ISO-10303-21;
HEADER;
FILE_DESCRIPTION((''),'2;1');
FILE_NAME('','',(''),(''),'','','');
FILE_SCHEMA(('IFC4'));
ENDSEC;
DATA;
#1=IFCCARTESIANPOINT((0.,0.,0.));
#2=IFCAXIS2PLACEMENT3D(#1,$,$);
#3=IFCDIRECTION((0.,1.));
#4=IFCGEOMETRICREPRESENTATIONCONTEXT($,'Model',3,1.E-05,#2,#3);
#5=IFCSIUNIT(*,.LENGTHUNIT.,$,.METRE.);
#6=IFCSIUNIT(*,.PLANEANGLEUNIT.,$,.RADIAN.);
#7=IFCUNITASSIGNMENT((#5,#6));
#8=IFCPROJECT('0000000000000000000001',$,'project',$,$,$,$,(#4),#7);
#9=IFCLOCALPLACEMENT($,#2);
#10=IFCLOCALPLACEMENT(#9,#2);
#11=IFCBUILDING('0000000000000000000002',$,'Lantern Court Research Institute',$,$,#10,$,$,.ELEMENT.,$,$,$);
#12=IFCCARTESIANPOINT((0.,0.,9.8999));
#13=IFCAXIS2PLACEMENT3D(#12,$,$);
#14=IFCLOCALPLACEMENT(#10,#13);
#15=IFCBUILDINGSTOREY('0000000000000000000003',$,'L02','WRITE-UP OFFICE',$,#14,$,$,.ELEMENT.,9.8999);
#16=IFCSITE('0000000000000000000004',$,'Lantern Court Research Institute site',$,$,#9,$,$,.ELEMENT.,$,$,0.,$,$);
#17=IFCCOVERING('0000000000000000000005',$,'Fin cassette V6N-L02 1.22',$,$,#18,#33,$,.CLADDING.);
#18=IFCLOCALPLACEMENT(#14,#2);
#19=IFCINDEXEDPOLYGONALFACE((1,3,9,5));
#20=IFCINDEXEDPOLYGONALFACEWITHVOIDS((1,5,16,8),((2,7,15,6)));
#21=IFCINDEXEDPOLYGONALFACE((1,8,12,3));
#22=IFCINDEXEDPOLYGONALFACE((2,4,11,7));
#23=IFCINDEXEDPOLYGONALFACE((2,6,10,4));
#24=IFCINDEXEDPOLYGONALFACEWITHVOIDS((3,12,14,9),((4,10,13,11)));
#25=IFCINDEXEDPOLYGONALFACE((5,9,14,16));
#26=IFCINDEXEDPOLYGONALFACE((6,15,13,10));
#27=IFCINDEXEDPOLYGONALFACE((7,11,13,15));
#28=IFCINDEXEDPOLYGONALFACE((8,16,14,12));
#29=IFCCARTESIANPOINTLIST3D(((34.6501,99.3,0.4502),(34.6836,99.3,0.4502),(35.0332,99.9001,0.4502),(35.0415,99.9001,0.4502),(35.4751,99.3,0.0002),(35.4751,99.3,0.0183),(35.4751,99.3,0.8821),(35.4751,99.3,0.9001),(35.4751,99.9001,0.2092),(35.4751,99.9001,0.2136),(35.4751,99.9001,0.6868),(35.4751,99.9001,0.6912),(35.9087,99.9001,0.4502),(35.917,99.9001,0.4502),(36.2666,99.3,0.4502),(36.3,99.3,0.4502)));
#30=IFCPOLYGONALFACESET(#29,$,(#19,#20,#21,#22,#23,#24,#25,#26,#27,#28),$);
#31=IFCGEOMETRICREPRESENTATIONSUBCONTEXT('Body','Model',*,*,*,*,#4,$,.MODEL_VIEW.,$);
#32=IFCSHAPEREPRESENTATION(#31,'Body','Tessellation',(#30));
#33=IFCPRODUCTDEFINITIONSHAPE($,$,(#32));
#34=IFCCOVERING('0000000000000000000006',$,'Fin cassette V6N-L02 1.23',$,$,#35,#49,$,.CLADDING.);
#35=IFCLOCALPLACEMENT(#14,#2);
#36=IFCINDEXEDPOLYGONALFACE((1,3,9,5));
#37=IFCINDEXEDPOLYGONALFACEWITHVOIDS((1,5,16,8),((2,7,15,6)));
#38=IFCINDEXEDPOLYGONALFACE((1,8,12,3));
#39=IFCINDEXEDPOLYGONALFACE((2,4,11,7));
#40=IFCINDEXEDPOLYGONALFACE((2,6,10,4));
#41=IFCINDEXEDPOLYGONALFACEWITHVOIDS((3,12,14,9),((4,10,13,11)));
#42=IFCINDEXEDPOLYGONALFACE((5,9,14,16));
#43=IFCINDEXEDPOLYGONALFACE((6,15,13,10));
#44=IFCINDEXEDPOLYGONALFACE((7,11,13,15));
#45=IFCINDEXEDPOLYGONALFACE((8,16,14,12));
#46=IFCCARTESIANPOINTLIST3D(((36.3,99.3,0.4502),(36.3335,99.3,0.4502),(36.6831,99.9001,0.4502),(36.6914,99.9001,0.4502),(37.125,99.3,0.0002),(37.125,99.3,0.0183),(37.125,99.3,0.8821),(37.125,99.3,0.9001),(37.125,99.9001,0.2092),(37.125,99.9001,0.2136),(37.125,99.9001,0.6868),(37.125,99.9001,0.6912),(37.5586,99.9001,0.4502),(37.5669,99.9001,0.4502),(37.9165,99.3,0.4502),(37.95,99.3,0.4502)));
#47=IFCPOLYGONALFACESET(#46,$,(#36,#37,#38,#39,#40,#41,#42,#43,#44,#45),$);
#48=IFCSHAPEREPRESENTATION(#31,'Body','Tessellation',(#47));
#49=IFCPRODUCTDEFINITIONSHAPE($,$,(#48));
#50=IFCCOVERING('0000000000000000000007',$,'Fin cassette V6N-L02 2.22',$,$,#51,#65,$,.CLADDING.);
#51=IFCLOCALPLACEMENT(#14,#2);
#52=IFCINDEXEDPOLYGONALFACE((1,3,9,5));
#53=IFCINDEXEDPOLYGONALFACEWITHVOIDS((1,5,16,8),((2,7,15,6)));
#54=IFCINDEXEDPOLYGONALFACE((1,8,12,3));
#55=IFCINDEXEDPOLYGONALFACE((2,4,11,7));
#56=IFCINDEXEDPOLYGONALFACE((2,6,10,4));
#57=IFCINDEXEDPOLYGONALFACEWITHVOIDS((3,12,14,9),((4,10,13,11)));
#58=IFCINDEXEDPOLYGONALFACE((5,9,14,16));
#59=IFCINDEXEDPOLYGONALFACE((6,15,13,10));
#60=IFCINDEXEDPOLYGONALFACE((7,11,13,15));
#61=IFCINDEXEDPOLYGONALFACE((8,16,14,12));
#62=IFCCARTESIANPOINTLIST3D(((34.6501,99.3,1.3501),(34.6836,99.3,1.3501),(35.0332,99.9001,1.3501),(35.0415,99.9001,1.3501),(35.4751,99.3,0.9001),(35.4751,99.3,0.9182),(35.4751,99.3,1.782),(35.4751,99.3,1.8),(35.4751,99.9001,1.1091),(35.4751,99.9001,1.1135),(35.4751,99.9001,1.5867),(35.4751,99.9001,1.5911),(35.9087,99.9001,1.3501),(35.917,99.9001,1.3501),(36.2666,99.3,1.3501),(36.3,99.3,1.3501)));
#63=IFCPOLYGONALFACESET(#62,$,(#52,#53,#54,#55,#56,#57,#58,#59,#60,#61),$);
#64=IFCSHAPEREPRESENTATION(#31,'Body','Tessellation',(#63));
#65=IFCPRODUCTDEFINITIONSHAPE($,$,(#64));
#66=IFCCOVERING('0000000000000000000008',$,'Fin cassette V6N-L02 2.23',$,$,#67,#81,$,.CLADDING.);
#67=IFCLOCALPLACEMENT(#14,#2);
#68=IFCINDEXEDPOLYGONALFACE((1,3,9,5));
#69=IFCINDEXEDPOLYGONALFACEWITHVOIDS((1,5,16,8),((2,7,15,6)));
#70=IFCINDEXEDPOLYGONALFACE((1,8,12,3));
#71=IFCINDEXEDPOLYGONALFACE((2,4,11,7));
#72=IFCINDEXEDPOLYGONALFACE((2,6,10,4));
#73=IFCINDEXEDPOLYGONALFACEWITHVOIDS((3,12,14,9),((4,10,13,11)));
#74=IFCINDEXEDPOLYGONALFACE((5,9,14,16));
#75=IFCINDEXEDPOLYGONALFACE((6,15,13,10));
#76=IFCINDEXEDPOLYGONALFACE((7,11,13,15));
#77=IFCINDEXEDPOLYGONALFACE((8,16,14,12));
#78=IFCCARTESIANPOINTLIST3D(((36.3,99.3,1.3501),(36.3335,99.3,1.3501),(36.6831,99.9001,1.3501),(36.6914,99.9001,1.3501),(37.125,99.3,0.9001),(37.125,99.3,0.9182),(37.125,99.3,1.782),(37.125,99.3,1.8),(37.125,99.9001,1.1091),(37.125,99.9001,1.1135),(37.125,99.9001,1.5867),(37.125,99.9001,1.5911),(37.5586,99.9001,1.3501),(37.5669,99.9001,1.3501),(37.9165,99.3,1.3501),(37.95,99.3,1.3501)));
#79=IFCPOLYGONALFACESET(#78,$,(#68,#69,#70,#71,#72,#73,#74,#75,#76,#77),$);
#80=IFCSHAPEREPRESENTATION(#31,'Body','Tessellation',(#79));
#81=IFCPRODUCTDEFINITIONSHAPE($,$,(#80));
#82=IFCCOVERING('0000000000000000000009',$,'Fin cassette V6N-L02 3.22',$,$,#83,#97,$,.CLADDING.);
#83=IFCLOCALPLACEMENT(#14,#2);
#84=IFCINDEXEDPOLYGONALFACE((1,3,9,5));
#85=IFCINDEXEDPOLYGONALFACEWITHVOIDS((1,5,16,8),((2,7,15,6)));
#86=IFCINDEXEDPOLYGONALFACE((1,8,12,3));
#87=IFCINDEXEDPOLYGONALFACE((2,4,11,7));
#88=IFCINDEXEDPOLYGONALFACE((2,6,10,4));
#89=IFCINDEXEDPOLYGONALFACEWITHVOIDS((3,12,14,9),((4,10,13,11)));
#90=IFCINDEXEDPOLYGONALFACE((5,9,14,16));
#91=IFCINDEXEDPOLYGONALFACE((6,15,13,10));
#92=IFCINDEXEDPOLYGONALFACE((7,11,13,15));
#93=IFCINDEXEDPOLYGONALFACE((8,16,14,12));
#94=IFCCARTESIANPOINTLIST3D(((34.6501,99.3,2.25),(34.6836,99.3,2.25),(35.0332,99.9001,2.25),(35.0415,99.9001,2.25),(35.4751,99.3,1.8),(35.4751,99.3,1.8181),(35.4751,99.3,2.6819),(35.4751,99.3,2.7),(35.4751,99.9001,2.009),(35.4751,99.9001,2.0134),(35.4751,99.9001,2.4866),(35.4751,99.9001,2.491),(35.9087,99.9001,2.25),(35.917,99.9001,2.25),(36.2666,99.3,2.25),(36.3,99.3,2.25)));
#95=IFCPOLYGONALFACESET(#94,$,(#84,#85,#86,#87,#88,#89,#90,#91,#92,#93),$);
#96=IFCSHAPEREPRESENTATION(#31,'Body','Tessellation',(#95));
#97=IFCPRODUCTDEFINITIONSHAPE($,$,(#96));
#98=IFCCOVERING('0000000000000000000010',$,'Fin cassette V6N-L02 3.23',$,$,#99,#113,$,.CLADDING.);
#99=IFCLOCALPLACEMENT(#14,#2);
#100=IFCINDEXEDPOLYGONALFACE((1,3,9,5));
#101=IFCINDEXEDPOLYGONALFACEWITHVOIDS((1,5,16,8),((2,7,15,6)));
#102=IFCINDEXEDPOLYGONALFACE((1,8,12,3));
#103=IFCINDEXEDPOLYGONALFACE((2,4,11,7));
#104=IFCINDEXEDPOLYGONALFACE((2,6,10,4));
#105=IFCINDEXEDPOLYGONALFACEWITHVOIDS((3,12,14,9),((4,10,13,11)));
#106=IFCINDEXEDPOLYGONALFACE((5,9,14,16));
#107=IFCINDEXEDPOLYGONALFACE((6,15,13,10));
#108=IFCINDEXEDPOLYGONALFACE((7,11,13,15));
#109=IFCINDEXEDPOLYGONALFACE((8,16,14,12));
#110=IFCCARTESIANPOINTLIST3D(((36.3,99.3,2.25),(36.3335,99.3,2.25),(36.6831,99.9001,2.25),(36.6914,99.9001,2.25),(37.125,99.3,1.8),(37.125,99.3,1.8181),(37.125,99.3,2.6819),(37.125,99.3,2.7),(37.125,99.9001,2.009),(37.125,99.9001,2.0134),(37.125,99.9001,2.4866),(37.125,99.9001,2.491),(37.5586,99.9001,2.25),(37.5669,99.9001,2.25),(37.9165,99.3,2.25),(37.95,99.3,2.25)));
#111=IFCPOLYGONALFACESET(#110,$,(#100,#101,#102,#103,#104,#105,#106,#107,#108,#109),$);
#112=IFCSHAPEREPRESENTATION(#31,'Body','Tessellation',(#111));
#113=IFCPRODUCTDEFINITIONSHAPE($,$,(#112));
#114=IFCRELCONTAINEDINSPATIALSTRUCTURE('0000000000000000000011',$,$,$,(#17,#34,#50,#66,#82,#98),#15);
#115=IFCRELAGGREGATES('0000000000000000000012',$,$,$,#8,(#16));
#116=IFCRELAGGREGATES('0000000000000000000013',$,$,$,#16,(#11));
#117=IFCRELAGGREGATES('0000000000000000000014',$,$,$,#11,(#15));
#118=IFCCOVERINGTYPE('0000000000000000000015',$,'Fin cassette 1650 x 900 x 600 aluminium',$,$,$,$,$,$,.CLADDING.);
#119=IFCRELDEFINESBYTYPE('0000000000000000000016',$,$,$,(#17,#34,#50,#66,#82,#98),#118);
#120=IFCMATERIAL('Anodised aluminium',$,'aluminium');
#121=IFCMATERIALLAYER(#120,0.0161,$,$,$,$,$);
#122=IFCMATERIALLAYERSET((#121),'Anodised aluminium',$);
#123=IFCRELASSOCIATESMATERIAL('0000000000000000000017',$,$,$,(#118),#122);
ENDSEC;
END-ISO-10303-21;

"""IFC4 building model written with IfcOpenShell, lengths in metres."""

from ifc_helpers import new_model, entity, si_unit, direction, frame, origin, place, context, subcontext, project, spatial, material, layer, layer_set, type_object, element, save


model = new_model("IFC4")

# Units and contexts
model_context = context("Model", 3, precision=1e-05, world=origin(), true_north=direction((0.0, 1.0)))
body_context = subcontext(model_context, "Body", "Model", "MODEL_VIEW")
ifc_project = project(units=[si_unit("LENGTHUNIT", "METRE"), si_unit("PLANEANGLEUNIT", "RADIAN")], contexts=[model_context])

# Site, building, storey
site_placement = place(None, origin())
site = spatial("IfcSite", under=ifc_project, at=site_placement, Name="Lantern Court Research Institute site", CompositionType="ELEMENT", RefElevation=0.0)
building_placement = place(site_placement, origin())
building = spatial("IfcBuilding", under=site, at=building_placement, Name="Lantern Court Research Institute", CompositionType="ELEMENT")
storey_placement = place(building_placement, frame((0.0, 0.0, 9.8999)))
storey = spatial("IfcBuildingStorey", under=building, at=storey_placement, Name="L02", Description="WRITE-UP OFFICE", CompositionType="ELEMENT", Elevation=9.8999)

# Coverings
ifc_material_1 = material(Name="Anodised aluminium", Category="aluminium")
ifc_layer_1 = layer(ifc_material_1, 0.0161)
ifc_layer_set_1 = layer_set([ifc_layer_1], Name="Anodised aluminium")
covering_type_1 = type_object("IfcCoveringType", Name="Fin cassette 1650 x 900 x 600 aluminium", PredefinedType="CLADDING", material=ifc_layer_set_1)
covering_1_placement = place(storey_placement, frame((35.4751, 99.3, 0.4502), z_axis=(0.0, 1.0, 0.0), x_axis=(-1.0, 0.0, 0.0)))
cartesian_point_1 = entity("IfcCartesianPoint", [0.825, 0.0])
cartesian_point_2 = entity("IfcCartesianPoint", [0.7915, 0.0])
cartesian_point_3 = entity("IfcCartesianPoint", [0.4419, 0.0])
cartesian_point_4 = entity("IfcCartesianPoint", [0.4336, 0.0])
element("IfcCovering", 1, at=covering_1_placement, inside=storey, type_object=covering_type_1, Name="Fin cassette V6N-L02 1.22", PredefinedType="CLADDING", context=body_context, shape_type="SweptSolid", body=[
    entity("IfcExtrudedAreaSolidTapered", entity("IfcArbitraryProfileDefWithVoids", "AREA", None, entity("IfcPolyline", [cartesian_point_1, entity("IfcCartesianPoint", [0.0, 0.45]), entity("IfcCartesianPoint", [-0.825, 0.0]), entity("IfcCartesianPoint", [0.0, -0.45]), cartesian_point_1]), [entity("IfcPolyline", [cartesian_point_2, entity("IfcCartesianPoint", [0.0, 0.4319]), entity("IfcCartesianPoint", [-0.7915, 0.0]), entity("IfcCartesianPoint", [0.0, -0.4319]), cartesian_point_2])]), entity("IfcAxis2Placement3D", entity("IfcCartesianPoint", [0.0, 0.0, 0.0])), entity("IfcDirection", [0.0, 0.0, 1.0]), 0.6001, entity("IfcArbitraryProfileDefWithVoids", "AREA", None, entity("IfcPolyline", [cartesian_point_3, entity("IfcCartesianPoint", [0.0, 0.241]), entity("IfcCartesianPoint", [-0.4419, 0.0]), entity("IfcCartesianPoint", [0.0, -0.241]), cartesian_point_3]), [entity("IfcPolyline", [cartesian_point_4, entity("IfcCartesianPoint", [0.0, 0.2366]), entity("IfcCartesianPoint", [-0.4336, 0.0]), entity("IfcCartesianPoint", [0.0, -0.2366]), cartesian_point_4])])),
])
covering_2_placement = place(storey_placement, frame((37.125, 99.3, 0.4502), z_axis=(0.0, 1.0, 0.0), x_axis=(-1.0, 0.0, 0.0)))
cartesian_point_5 = entity("IfcCartesianPoint", [0.825, 0.0])
cartesian_point_6 = entity("IfcCartesianPoint", [0.7915, 0.0])
cartesian_point_7 = entity("IfcCartesianPoint", [0.4419, 0.0])
cartesian_point_8 = entity("IfcCartesianPoint", [0.4336, 0.0])
element("IfcCovering", 2, at=covering_2_placement, inside=storey, type_object=covering_type_1, Name="Fin cassette V6N-L02 1.23", PredefinedType="CLADDING", context=body_context, shape_type="SweptSolid", body=[
    entity("IfcExtrudedAreaSolidTapered", entity("IfcArbitraryProfileDefWithVoids", "AREA", None, entity("IfcPolyline", [cartesian_point_5, entity("IfcCartesianPoint", [0.0, 0.45]), entity("IfcCartesianPoint", [-0.825, 0.0]), entity("IfcCartesianPoint", [0.0, -0.45]), cartesian_point_5]), [entity("IfcPolyline", [cartesian_point_6, entity("IfcCartesianPoint", [0.0, 0.4319]), entity("IfcCartesianPoint", [-0.7915, 0.0]), entity("IfcCartesianPoint", [0.0, -0.4319]), cartesian_point_6])]), entity("IfcAxis2Placement3D", entity("IfcCartesianPoint", [0.0, 0.0, 0.0])), entity("IfcDirection", [0.0, 0.0, 1.0]), 0.6001, entity("IfcArbitraryProfileDefWithVoids", "AREA", None, entity("IfcPolyline", [cartesian_point_7, entity("IfcCartesianPoint", [0.0, 0.241]), entity("IfcCartesianPoint", [-0.4419, 0.0]), entity("IfcCartesianPoint", [0.0, -0.241]), cartesian_point_7]), [entity("IfcPolyline", [cartesian_point_8, entity("IfcCartesianPoint", [0.0, 0.2366]), entity("IfcCartesianPoint", [-0.4336, 0.0]), entity("IfcCartesianPoint", [0.0, -0.2366]), cartesian_point_8])])),
])
covering_3_placement = place(storey_placement, frame((35.4751, 99.3, 1.3501), z_axis=(0.0, 1.0, 0.0), x_axis=(-1.0, 0.0, 0.0)))
cartesian_point_9 = entity("IfcCartesianPoint", [0.825, 0.0])
cartesian_point_10 = entity("IfcCartesianPoint", [0.7915, 0.0])
cartesian_point_11 = entity("IfcCartesianPoint", [0.4419, 0.0])
cartesian_point_12 = entity("IfcCartesianPoint", [0.4336, 0.0])
element("IfcCovering", 3, at=covering_3_placement, inside=storey, type_object=covering_type_1, Name="Fin cassette V6N-L02 2.22", PredefinedType="CLADDING", context=body_context, shape_type="SweptSolid", body=[
    entity("IfcExtrudedAreaSolidTapered", entity("IfcArbitraryProfileDefWithVoids", "AREA", None, entity("IfcPolyline", [cartesian_point_9, entity("IfcCartesianPoint", [0.0, 0.45]), entity("IfcCartesianPoint", [-0.825, 0.0]), entity("IfcCartesianPoint", [0.0, -0.45]), cartesian_point_9]), [entity("IfcPolyline", [cartesian_point_10, entity("IfcCartesianPoint", [0.0, 0.4319]), entity("IfcCartesianPoint", [-0.7915, 0.0]), entity("IfcCartesianPoint", [0.0, -0.4319]), cartesian_point_10])]), entity("IfcAxis2Placement3D", entity("IfcCartesianPoint", [0.0, 0.0, 0.0])), entity("IfcDirection", [0.0, 0.0, 1.0]), 0.6001, entity("IfcArbitraryProfileDefWithVoids", "AREA", None, entity("IfcPolyline", [cartesian_point_11, entity("IfcCartesianPoint", [0.0, 0.241]), entity("IfcCartesianPoint", [-0.4419, 0.0]), entity("IfcCartesianPoint", [0.0, -0.241]), cartesian_point_11]), [entity("IfcPolyline", [cartesian_point_12, entity("IfcCartesianPoint", [0.0, 0.2366]), entity("IfcCartesianPoint", [-0.4336, 0.0]), entity("IfcCartesianPoint", [0.0, -0.2366]), cartesian_point_12])])),
])
covering_4_placement = place(storey_placement, frame((37.125, 99.3, 1.3501), z_axis=(0.0, 1.0, 0.0), x_axis=(-1.0, 0.0, 0.0)))
cartesian_point_13 = entity("IfcCartesianPoint", [0.825, 0.0])
cartesian_point_14 = entity("IfcCartesianPoint", [0.7915, 0.0])
cartesian_point_15 = entity("IfcCartesianPoint", [0.4419, 0.0])
cartesian_point_16 = entity("IfcCartesianPoint", [0.4336, 0.0])
element("IfcCovering", 4, at=covering_4_placement, inside=storey, type_object=covering_type_1, Name="Fin cassette V6N-L02 2.23", PredefinedType="CLADDING", context=body_context, shape_type="SweptSolid", body=[
    entity("IfcExtrudedAreaSolidTapered", entity("IfcArbitraryProfileDefWithVoids", "AREA", None, entity("IfcPolyline", [cartesian_point_13, entity("IfcCartesianPoint", [0.0, 0.45]), entity("IfcCartesianPoint", [-0.825, 0.0]), entity("IfcCartesianPoint", [0.0, -0.45]), cartesian_point_13]), [entity("IfcPolyline", [cartesian_point_14, entity("IfcCartesianPoint", [0.0, 0.4319]), entity("IfcCartesianPoint", [-0.7915, 0.0]), entity("IfcCartesianPoint", [0.0, -0.4319]), cartesian_point_14])]), entity("IfcAxis2Placement3D", entity("IfcCartesianPoint", [0.0, 0.0, 0.0])), entity("IfcDirection", [0.0, 0.0, 1.0]), 0.6001, entity("IfcArbitraryProfileDefWithVoids", "AREA", None, entity("IfcPolyline", [cartesian_point_15, entity("IfcCartesianPoint", [0.0, 0.241]), entity("IfcCartesianPoint", [-0.4419, 0.0]), entity("IfcCartesianPoint", [0.0, -0.241]), cartesian_point_15]), [entity("IfcPolyline", [cartesian_point_16, entity("IfcCartesianPoint", [0.0, 0.2366]), entity("IfcCartesianPoint", [-0.4336, 0.0]), entity("IfcCartesianPoint", [0.0, -0.2366]), cartesian_point_16])])),
])
covering_5_placement = place(storey_placement, frame((35.4751, 99.3, 2.25), z_axis=(0.0, 1.0, 0.0), x_axis=(-1.0, 0.0, 0.0)))
cartesian_point_17 = entity("IfcCartesianPoint", [0.825, 0.0])
cartesian_point_18 = entity("IfcCartesianPoint", [0.7915, 0.0])
cartesian_point_19 = entity("IfcCartesianPoint", [0.4419, 0.0])
cartesian_point_20 = entity("IfcCartesianPoint", [0.4336, 0.0])
element("IfcCovering", 5, at=covering_5_placement, inside=storey, type_object=covering_type_1, Name="Fin cassette V6N-L02 3.22", PredefinedType="CLADDING", context=body_context, shape_type="SweptSolid", body=[
    entity("IfcExtrudedAreaSolidTapered", entity("IfcArbitraryProfileDefWithVoids", "AREA", None, entity("IfcPolyline", [cartesian_point_17, entity("IfcCartesianPoint", [0.0, 0.45]), entity("IfcCartesianPoint", [-0.825, 0.0]), entity("IfcCartesianPoint", [0.0, -0.45]), cartesian_point_17]), [entity("IfcPolyline", [cartesian_point_18, entity("IfcCartesianPoint", [0.0, 0.4319]), entity("IfcCartesianPoint", [-0.7915, 0.0]), entity("IfcCartesianPoint", [0.0, -0.4319]), cartesian_point_18])]), entity("IfcAxis2Placement3D", entity("IfcCartesianPoint", [0.0, 0.0, 0.0])), entity("IfcDirection", [0.0, 0.0, 1.0]), 0.6001, entity("IfcArbitraryProfileDefWithVoids", "AREA", None, entity("IfcPolyline", [cartesian_point_19, entity("IfcCartesianPoint", [0.0, 0.241]), entity("IfcCartesianPoint", [-0.4419, 0.0]), entity("IfcCartesianPoint", [0.0, -0.241]), cartesian_point_19]), [entity("IfcPolyline", [cartesian_point_20, entity("IfcCartesianPoint", [0.0, 0.2366]), entity("IfcCartesianPoint", [-0.4336, 0.0]), entity("IfcCartesianPoint", [0.0, -0.2366]), cartesian_point_20])])),
])
covering_6_placement = place(storey_placement, frame((37.125, 99.3, 2.25), z_axis=(0.0, 1.0, 0.0), x_axis=(-1.0, 0.0, 0.0)))
cartesian_point_21 = entity("IfcCartesianPoint", [0.825, 0.0])
cartesian_point_22 = entity("IfcCartesianPoint", [0.7915, 0.0])
cartesian_point_23 = entity("IfcCartesianPoint", [0.4419, 0.0])
cartesian_point_24 = entity("IfcCartesianPoint", [0.4336, 0.0])
element("IfcCovering", 6, at=covering_6_placement, inside=storey, type_object=covering_type_1, Name="Fin cassette V6N-L02 3.23", PredefinedType="CLADDING", context=body_context, shape_type="SweptSolid", body=[
    entity("IfcExtrudedAreaSolidTapered", entity("IfcArbitraryProfileDefWithVoids", "AREA", None, entity("IfcPolyline", [cartesian_point_21, entity("IfcCartesianPoint", [0.0, 0.45]), entity("IfcCartesianPoint", [-0.825, 0.0]), entity("IfcCartesianPoint", [0.0, -0.45]), cartesian_point_21]), [entity("IfcPolyline", [cartesian_point_22, entity("IfcCartesianPoint", [0.0, 0.4319]), entity("IfcCartesianPoint", [-0.7915, 0.0]), entity("IfcCartesianPoint", [0.0, -0.4319]), cartesian_point_22])]), entity("IfcAxis2Placement3D", entity("IfcCartesianPoint", [0.0, 0.0, 0.0])), entity("IfcDirection", [0.0, 0.0, 1.0]), 0.6001, entity("IfcArbitraryProfileDefWithVoids", "AREA", None, entity("IfcPolyline", [cartesian_point_23, entity("IfcCartesianPoint", [0.0, 0.241]), entity("IfcCartesianPoint", [-0.4419, 0.0]), entity("IfcCartesianPoint", [0.0, -0.241]), cartesian_point_23]), [entity("IfcPolyline", [cartesian_point_24, entity("IfcCartesianPoint", [0.0, 0.2366]), entity("IfcCartesianPoint", [-0.4336, 0.0]), entity("IfcCartesianPoint", [0.0, -0.2366]), cartesian_point_24])])),
])

save(model, "model.ifc")
